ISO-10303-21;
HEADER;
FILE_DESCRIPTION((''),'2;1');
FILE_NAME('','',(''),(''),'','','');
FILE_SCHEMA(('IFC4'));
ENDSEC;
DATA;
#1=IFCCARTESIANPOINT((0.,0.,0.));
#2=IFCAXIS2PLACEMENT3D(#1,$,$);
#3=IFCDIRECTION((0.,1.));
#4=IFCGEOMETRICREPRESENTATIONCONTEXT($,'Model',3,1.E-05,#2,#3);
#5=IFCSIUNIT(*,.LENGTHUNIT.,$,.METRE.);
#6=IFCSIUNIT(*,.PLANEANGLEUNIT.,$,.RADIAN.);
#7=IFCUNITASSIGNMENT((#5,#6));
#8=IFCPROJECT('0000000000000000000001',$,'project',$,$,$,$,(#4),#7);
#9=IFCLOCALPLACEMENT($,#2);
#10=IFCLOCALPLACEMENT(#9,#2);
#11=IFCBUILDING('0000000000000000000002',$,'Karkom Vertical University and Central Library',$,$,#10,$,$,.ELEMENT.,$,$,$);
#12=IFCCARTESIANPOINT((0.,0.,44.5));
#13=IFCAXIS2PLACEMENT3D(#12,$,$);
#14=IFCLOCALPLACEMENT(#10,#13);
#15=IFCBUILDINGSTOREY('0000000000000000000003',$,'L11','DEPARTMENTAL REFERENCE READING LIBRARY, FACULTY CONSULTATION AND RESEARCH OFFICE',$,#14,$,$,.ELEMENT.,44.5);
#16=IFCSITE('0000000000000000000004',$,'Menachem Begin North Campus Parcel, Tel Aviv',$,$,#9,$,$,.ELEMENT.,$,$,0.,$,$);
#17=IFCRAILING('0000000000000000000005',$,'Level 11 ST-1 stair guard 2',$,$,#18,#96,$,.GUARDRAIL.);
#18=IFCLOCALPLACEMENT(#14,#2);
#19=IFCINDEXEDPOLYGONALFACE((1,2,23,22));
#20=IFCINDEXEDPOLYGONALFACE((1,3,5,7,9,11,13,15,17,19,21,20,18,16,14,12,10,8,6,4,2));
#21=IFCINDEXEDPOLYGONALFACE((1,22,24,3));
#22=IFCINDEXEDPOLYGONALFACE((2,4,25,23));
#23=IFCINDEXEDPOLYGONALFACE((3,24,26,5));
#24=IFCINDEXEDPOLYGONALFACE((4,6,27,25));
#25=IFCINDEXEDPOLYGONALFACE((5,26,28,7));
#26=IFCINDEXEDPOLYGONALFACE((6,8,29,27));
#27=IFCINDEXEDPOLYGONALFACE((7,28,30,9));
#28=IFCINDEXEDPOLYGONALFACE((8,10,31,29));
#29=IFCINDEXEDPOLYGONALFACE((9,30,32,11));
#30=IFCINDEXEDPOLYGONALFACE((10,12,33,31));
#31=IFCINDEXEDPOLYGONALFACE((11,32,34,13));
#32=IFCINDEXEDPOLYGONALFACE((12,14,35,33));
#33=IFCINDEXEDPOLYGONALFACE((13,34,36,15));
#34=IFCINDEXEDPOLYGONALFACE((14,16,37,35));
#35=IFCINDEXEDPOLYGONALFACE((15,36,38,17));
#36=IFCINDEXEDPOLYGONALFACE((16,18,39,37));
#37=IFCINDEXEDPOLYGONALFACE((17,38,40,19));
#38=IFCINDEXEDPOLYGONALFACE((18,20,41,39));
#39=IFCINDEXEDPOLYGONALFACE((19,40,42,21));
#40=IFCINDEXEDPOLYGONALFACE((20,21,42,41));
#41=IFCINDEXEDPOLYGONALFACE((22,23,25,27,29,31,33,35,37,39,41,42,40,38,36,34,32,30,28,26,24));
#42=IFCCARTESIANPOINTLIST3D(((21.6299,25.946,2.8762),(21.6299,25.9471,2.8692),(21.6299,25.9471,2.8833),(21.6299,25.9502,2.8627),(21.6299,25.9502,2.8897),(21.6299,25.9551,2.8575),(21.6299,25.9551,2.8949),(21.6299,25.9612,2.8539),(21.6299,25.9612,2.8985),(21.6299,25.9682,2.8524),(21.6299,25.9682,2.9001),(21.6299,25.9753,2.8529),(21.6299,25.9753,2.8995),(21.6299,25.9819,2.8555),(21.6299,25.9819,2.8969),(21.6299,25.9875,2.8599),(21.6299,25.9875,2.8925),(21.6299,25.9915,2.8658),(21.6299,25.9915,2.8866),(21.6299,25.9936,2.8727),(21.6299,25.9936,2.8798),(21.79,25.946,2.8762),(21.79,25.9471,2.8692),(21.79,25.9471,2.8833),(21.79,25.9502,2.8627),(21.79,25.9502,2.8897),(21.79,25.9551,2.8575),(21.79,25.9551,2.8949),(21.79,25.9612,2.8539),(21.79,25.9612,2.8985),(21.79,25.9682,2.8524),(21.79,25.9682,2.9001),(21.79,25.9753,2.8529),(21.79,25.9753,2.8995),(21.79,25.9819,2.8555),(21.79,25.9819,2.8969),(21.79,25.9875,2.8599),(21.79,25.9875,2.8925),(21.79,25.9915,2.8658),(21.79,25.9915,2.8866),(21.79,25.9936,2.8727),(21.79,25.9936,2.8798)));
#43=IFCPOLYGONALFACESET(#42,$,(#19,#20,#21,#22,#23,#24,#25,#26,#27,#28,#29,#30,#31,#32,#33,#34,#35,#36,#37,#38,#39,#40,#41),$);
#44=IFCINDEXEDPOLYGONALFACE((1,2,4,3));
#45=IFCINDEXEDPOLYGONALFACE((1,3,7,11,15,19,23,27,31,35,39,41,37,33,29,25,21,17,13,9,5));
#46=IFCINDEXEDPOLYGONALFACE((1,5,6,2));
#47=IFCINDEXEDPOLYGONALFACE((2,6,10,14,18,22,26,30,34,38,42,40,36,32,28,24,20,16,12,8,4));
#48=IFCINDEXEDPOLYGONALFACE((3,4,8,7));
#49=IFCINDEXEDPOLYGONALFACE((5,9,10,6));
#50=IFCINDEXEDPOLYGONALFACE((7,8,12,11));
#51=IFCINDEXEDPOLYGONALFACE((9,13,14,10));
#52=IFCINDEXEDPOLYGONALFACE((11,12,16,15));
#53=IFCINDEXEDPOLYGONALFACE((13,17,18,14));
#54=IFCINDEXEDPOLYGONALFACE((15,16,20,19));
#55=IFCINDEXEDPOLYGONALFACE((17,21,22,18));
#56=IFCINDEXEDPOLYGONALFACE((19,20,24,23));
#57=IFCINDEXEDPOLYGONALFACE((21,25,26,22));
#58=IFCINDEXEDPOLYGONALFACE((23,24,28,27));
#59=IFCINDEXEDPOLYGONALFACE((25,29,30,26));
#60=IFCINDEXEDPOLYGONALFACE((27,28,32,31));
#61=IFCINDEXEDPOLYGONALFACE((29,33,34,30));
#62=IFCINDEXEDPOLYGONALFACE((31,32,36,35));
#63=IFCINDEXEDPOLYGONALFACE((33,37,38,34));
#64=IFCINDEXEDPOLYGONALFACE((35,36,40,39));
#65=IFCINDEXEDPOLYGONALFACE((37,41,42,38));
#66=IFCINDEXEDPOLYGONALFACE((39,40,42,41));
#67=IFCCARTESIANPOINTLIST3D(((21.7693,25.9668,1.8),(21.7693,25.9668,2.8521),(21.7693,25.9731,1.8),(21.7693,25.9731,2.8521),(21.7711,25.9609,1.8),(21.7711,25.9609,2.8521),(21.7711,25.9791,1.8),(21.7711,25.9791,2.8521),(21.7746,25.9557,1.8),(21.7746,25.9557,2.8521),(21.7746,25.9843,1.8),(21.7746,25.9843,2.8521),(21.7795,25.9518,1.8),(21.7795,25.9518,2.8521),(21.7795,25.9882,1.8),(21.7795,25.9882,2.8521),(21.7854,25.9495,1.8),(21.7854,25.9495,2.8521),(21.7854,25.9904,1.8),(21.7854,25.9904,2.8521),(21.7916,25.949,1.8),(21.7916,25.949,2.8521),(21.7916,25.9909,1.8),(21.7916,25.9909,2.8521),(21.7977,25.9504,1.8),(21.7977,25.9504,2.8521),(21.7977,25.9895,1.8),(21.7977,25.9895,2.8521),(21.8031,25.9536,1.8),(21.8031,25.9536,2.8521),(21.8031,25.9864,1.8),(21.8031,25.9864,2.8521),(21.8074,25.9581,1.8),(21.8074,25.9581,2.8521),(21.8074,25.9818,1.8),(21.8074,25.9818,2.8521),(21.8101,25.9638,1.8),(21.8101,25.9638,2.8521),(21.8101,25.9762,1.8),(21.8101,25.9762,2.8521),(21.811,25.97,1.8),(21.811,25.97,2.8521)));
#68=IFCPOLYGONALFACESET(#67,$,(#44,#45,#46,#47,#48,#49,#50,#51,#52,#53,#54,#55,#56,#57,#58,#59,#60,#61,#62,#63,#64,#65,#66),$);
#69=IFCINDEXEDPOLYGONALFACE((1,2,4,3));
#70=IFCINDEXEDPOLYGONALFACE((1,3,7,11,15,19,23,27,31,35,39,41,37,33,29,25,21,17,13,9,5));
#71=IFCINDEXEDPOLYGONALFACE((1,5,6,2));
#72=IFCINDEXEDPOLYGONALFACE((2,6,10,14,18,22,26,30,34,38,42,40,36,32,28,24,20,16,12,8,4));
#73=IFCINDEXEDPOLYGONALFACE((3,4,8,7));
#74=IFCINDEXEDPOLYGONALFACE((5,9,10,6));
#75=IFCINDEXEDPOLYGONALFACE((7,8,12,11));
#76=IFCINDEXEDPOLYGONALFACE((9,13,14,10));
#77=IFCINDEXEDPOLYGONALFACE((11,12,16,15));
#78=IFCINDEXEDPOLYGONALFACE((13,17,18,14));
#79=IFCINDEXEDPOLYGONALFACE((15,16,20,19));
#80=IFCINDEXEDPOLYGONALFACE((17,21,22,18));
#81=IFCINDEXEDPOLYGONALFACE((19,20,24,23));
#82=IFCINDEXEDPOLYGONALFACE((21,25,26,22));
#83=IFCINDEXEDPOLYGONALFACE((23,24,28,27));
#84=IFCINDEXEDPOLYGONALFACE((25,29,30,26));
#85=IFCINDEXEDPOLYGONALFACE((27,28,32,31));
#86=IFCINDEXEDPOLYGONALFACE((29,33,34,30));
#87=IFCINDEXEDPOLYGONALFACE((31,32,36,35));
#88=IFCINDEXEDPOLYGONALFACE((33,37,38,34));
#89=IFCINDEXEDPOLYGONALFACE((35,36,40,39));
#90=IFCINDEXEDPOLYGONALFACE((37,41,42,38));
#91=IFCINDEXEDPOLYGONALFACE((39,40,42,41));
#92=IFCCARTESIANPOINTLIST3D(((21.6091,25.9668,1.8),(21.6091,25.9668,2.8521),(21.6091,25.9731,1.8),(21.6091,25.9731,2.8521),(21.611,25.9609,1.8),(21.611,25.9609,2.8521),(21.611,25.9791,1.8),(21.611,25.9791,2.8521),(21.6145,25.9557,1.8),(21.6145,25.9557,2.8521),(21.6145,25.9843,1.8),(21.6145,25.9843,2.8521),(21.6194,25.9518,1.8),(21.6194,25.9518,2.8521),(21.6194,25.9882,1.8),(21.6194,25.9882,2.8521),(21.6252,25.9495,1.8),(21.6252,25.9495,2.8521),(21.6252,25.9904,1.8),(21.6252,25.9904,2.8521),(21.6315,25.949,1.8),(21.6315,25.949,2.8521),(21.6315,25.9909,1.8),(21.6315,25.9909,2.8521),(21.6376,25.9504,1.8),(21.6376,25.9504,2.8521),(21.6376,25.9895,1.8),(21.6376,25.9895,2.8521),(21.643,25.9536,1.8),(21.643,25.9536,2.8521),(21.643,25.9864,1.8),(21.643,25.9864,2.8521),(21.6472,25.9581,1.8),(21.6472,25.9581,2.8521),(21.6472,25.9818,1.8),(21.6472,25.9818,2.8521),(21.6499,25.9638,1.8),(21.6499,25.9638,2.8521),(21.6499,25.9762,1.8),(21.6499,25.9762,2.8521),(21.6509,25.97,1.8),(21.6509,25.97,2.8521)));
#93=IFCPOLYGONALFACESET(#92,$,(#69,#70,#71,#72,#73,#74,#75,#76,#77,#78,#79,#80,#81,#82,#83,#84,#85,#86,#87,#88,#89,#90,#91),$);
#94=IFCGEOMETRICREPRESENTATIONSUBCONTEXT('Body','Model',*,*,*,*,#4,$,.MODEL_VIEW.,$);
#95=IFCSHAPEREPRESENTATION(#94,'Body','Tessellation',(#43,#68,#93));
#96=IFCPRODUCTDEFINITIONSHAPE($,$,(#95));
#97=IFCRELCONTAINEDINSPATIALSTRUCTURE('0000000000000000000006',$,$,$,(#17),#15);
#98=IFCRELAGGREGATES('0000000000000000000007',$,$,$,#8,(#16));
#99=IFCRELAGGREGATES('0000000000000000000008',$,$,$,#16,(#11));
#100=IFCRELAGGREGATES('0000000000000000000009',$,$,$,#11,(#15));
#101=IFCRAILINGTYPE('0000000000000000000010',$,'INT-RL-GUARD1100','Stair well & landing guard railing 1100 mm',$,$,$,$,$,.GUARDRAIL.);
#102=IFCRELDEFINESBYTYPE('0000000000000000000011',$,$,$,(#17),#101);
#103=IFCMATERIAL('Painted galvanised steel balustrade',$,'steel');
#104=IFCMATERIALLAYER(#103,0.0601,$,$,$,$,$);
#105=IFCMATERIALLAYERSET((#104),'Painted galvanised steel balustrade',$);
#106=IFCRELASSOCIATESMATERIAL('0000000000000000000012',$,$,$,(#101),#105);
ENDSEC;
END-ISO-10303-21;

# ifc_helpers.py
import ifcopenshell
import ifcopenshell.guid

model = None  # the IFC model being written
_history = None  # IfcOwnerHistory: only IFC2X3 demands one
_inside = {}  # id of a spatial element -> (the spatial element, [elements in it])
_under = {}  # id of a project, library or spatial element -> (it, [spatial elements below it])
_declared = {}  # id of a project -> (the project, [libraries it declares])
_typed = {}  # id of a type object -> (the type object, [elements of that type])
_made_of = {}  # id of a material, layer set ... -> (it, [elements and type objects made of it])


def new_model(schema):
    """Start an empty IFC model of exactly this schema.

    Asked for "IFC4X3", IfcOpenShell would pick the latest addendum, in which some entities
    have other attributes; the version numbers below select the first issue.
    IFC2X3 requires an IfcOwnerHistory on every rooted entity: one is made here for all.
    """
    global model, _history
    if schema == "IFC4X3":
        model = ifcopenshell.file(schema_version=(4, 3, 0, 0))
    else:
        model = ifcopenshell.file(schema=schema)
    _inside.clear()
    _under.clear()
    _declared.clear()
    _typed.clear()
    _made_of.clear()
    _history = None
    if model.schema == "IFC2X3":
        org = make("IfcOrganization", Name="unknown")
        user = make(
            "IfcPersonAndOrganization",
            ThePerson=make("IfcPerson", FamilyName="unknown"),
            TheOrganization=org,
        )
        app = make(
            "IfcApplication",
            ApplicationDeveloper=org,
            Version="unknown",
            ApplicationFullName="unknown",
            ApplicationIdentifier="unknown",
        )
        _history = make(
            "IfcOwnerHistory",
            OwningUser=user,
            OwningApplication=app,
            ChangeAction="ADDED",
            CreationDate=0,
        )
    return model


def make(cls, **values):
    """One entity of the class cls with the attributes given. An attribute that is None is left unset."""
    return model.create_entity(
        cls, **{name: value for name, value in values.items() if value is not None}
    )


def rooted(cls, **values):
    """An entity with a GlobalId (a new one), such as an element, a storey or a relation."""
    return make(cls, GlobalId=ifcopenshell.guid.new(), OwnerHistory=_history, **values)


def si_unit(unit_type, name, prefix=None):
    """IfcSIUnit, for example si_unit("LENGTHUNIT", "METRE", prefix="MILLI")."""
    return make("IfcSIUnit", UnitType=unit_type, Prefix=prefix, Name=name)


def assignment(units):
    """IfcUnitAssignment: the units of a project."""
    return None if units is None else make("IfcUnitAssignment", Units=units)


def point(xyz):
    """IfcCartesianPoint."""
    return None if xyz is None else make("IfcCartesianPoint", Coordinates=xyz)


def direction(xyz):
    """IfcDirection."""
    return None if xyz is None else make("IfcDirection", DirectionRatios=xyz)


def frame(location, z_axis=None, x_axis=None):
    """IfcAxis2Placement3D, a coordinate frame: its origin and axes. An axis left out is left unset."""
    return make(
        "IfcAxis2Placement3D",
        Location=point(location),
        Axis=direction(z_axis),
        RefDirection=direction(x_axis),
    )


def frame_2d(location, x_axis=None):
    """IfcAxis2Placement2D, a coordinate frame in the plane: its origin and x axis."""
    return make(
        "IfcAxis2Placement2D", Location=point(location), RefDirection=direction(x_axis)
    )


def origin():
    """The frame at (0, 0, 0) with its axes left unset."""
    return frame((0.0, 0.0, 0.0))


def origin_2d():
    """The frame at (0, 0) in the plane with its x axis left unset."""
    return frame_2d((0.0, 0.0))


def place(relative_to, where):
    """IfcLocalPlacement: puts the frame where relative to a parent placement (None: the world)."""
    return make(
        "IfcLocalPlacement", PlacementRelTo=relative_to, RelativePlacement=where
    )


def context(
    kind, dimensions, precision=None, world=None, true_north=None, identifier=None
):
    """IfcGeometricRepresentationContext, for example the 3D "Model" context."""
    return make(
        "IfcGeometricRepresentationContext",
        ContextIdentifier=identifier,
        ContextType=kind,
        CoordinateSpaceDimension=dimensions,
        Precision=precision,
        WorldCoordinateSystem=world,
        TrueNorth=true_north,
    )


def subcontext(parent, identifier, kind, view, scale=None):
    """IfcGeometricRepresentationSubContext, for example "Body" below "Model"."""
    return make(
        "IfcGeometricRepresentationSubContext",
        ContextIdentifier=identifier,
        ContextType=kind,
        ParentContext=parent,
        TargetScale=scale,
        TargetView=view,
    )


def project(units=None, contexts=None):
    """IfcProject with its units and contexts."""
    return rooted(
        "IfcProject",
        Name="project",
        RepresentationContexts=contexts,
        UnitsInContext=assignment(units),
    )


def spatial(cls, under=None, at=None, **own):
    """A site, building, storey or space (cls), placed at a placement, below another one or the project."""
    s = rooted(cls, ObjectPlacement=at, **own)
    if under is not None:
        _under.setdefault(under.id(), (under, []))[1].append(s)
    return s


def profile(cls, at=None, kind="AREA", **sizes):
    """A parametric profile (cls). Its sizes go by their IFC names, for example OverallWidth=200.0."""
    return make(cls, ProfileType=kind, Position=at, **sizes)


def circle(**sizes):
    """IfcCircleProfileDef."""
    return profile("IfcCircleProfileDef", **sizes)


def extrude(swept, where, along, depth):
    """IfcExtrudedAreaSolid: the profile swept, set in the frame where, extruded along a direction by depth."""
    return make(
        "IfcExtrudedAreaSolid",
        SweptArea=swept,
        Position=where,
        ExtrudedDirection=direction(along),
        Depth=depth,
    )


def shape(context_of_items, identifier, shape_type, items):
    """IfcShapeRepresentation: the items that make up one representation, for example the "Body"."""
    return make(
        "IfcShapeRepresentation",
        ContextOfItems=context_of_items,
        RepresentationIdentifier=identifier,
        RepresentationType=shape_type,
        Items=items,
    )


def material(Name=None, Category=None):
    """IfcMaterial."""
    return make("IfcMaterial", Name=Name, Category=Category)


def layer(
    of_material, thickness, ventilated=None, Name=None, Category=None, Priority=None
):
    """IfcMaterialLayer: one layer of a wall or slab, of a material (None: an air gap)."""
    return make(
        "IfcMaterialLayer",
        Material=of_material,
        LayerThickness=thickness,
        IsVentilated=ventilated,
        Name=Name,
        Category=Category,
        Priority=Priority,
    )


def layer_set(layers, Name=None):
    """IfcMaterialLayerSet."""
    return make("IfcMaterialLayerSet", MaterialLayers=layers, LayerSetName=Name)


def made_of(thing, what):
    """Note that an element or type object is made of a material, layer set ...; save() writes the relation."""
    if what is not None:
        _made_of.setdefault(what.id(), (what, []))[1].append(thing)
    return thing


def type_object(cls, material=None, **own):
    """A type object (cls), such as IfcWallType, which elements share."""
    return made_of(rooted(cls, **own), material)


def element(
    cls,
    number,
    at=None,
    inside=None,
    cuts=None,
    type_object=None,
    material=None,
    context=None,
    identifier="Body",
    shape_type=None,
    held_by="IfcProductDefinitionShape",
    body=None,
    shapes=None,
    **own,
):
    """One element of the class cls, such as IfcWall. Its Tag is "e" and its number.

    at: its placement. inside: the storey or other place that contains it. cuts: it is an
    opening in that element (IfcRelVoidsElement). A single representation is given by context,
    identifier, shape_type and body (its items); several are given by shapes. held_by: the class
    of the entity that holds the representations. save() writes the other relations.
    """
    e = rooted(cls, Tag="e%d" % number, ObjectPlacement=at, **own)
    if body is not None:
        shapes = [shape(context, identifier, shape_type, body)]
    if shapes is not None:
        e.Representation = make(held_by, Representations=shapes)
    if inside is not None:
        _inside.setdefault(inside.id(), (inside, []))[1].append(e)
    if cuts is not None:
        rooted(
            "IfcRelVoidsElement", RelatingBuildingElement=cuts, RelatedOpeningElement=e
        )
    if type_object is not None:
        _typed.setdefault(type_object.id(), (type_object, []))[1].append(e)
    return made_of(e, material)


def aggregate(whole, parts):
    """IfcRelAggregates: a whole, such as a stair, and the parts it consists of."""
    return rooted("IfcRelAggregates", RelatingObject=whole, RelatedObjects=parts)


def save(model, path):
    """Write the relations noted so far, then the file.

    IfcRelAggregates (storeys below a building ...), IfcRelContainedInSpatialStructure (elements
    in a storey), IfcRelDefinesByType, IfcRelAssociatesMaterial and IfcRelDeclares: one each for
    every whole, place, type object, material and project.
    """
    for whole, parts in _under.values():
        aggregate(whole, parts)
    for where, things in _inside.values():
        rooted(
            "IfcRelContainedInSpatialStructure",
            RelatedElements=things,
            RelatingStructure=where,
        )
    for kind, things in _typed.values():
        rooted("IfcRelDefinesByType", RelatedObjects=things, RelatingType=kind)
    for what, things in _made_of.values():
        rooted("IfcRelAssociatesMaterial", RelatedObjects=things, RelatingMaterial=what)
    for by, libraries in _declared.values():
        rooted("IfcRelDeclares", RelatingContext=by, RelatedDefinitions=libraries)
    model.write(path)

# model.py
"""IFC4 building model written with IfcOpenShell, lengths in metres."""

from ifc_helpers import new_model, si_unit, direction, frame, origin, origin_2d, place, context, subcontext, project, spatial, circle, extrude, material, layer, layer_set, type_object, element, save


model = new_model("IFC4")

# Units and contexts
model_context = context("Model", 3, precision=1e-05, world=origin(), true_north=direction((0.0, 1.0)))
body_context = subcontext(model_context, "Body", "Model", "MODEL_VIEW")
ifc_project = project(units=[si_unit("LENGTHUNIT", "METRE"), si_unit("PLANEANGLEUNIT", "RADIAN")], contexts=[model_context])

# Site, building, storey
site_placement = place(None, origin())
site = spatial("IfcSite", under=ifc_project, at=site_placement, Name="Menachem Begin North Campus Parcel, Tel Aviv", CompositionType="ELEMENT", RefElevation=0.0)
building_placement = place(site_placement, origin())
building = spatial("IfcBuilding", under=site, at=building_placement, Name="Karkom Vertical University and Central Library", CompositionType="ELEMENT")
storey_placement = place(building_placement, frame((0.0, 0.0, 44.5)))
storey = spatial("IfcBuildingStorey", under=building, at=storey_placement, Name="L11", Description="DEPARTMENTAL REFERENCE READING LIBRARY, FACULTY CONSULTATION AND RESEARCH OFFICE", CompositionType="ELEMENT", Elevation=44.5)

# Railing
ifc_material_1 = material(Name="Painted galvanised steel balustrade", Category="steel")
ifc_layer_1 = layer(ifc_material_1, 0.0601)
ifc_layer_set_1 = layer_set([ifc_layer_1], Name="Painted galvanised steel balustrade")
railing_type_1 = type_object("IfcRailingType", Name="INT-RL-GUARD1100", Description="Stair well & landing guard railing 1100 mm", PredefinedType="GUARDRAIL", material=ifc_layer_set_1)
railing_1_placement = place(storey_placement, frame((21.79, 25.97, 1.8)))
element("IfcRailing", 1, at=railing_1_placement, inside=storey, type_object=railing_type_1, Name="Level 11 ST-1 stair guard 2", PredefinedType="GUARDRAIL", context=body_context, shape_type="SweptSolid", body=[
    extrude(circle(Radius=0.0239, at=origin_2d()), frame((0.0, 0.0, 1.0762), z_axis=(-1.0, 0.0, 0.0), x_axis=(0.0, -1.0, 0.0)), (0.0, 0.0, 1.0), 0.1602),
    extrude(circle(Radius=0.021, at=origin_2d()), origin(), (0.0, 0.0, 1.0), 1.052),
    extrude(circle(Radius=0.021, at=origin_2d()), frame((-0.1602, 0.0, 0.0)), (0.0, 0.0, 1.0), 1.052),
])

save(model, "model.ifc")
